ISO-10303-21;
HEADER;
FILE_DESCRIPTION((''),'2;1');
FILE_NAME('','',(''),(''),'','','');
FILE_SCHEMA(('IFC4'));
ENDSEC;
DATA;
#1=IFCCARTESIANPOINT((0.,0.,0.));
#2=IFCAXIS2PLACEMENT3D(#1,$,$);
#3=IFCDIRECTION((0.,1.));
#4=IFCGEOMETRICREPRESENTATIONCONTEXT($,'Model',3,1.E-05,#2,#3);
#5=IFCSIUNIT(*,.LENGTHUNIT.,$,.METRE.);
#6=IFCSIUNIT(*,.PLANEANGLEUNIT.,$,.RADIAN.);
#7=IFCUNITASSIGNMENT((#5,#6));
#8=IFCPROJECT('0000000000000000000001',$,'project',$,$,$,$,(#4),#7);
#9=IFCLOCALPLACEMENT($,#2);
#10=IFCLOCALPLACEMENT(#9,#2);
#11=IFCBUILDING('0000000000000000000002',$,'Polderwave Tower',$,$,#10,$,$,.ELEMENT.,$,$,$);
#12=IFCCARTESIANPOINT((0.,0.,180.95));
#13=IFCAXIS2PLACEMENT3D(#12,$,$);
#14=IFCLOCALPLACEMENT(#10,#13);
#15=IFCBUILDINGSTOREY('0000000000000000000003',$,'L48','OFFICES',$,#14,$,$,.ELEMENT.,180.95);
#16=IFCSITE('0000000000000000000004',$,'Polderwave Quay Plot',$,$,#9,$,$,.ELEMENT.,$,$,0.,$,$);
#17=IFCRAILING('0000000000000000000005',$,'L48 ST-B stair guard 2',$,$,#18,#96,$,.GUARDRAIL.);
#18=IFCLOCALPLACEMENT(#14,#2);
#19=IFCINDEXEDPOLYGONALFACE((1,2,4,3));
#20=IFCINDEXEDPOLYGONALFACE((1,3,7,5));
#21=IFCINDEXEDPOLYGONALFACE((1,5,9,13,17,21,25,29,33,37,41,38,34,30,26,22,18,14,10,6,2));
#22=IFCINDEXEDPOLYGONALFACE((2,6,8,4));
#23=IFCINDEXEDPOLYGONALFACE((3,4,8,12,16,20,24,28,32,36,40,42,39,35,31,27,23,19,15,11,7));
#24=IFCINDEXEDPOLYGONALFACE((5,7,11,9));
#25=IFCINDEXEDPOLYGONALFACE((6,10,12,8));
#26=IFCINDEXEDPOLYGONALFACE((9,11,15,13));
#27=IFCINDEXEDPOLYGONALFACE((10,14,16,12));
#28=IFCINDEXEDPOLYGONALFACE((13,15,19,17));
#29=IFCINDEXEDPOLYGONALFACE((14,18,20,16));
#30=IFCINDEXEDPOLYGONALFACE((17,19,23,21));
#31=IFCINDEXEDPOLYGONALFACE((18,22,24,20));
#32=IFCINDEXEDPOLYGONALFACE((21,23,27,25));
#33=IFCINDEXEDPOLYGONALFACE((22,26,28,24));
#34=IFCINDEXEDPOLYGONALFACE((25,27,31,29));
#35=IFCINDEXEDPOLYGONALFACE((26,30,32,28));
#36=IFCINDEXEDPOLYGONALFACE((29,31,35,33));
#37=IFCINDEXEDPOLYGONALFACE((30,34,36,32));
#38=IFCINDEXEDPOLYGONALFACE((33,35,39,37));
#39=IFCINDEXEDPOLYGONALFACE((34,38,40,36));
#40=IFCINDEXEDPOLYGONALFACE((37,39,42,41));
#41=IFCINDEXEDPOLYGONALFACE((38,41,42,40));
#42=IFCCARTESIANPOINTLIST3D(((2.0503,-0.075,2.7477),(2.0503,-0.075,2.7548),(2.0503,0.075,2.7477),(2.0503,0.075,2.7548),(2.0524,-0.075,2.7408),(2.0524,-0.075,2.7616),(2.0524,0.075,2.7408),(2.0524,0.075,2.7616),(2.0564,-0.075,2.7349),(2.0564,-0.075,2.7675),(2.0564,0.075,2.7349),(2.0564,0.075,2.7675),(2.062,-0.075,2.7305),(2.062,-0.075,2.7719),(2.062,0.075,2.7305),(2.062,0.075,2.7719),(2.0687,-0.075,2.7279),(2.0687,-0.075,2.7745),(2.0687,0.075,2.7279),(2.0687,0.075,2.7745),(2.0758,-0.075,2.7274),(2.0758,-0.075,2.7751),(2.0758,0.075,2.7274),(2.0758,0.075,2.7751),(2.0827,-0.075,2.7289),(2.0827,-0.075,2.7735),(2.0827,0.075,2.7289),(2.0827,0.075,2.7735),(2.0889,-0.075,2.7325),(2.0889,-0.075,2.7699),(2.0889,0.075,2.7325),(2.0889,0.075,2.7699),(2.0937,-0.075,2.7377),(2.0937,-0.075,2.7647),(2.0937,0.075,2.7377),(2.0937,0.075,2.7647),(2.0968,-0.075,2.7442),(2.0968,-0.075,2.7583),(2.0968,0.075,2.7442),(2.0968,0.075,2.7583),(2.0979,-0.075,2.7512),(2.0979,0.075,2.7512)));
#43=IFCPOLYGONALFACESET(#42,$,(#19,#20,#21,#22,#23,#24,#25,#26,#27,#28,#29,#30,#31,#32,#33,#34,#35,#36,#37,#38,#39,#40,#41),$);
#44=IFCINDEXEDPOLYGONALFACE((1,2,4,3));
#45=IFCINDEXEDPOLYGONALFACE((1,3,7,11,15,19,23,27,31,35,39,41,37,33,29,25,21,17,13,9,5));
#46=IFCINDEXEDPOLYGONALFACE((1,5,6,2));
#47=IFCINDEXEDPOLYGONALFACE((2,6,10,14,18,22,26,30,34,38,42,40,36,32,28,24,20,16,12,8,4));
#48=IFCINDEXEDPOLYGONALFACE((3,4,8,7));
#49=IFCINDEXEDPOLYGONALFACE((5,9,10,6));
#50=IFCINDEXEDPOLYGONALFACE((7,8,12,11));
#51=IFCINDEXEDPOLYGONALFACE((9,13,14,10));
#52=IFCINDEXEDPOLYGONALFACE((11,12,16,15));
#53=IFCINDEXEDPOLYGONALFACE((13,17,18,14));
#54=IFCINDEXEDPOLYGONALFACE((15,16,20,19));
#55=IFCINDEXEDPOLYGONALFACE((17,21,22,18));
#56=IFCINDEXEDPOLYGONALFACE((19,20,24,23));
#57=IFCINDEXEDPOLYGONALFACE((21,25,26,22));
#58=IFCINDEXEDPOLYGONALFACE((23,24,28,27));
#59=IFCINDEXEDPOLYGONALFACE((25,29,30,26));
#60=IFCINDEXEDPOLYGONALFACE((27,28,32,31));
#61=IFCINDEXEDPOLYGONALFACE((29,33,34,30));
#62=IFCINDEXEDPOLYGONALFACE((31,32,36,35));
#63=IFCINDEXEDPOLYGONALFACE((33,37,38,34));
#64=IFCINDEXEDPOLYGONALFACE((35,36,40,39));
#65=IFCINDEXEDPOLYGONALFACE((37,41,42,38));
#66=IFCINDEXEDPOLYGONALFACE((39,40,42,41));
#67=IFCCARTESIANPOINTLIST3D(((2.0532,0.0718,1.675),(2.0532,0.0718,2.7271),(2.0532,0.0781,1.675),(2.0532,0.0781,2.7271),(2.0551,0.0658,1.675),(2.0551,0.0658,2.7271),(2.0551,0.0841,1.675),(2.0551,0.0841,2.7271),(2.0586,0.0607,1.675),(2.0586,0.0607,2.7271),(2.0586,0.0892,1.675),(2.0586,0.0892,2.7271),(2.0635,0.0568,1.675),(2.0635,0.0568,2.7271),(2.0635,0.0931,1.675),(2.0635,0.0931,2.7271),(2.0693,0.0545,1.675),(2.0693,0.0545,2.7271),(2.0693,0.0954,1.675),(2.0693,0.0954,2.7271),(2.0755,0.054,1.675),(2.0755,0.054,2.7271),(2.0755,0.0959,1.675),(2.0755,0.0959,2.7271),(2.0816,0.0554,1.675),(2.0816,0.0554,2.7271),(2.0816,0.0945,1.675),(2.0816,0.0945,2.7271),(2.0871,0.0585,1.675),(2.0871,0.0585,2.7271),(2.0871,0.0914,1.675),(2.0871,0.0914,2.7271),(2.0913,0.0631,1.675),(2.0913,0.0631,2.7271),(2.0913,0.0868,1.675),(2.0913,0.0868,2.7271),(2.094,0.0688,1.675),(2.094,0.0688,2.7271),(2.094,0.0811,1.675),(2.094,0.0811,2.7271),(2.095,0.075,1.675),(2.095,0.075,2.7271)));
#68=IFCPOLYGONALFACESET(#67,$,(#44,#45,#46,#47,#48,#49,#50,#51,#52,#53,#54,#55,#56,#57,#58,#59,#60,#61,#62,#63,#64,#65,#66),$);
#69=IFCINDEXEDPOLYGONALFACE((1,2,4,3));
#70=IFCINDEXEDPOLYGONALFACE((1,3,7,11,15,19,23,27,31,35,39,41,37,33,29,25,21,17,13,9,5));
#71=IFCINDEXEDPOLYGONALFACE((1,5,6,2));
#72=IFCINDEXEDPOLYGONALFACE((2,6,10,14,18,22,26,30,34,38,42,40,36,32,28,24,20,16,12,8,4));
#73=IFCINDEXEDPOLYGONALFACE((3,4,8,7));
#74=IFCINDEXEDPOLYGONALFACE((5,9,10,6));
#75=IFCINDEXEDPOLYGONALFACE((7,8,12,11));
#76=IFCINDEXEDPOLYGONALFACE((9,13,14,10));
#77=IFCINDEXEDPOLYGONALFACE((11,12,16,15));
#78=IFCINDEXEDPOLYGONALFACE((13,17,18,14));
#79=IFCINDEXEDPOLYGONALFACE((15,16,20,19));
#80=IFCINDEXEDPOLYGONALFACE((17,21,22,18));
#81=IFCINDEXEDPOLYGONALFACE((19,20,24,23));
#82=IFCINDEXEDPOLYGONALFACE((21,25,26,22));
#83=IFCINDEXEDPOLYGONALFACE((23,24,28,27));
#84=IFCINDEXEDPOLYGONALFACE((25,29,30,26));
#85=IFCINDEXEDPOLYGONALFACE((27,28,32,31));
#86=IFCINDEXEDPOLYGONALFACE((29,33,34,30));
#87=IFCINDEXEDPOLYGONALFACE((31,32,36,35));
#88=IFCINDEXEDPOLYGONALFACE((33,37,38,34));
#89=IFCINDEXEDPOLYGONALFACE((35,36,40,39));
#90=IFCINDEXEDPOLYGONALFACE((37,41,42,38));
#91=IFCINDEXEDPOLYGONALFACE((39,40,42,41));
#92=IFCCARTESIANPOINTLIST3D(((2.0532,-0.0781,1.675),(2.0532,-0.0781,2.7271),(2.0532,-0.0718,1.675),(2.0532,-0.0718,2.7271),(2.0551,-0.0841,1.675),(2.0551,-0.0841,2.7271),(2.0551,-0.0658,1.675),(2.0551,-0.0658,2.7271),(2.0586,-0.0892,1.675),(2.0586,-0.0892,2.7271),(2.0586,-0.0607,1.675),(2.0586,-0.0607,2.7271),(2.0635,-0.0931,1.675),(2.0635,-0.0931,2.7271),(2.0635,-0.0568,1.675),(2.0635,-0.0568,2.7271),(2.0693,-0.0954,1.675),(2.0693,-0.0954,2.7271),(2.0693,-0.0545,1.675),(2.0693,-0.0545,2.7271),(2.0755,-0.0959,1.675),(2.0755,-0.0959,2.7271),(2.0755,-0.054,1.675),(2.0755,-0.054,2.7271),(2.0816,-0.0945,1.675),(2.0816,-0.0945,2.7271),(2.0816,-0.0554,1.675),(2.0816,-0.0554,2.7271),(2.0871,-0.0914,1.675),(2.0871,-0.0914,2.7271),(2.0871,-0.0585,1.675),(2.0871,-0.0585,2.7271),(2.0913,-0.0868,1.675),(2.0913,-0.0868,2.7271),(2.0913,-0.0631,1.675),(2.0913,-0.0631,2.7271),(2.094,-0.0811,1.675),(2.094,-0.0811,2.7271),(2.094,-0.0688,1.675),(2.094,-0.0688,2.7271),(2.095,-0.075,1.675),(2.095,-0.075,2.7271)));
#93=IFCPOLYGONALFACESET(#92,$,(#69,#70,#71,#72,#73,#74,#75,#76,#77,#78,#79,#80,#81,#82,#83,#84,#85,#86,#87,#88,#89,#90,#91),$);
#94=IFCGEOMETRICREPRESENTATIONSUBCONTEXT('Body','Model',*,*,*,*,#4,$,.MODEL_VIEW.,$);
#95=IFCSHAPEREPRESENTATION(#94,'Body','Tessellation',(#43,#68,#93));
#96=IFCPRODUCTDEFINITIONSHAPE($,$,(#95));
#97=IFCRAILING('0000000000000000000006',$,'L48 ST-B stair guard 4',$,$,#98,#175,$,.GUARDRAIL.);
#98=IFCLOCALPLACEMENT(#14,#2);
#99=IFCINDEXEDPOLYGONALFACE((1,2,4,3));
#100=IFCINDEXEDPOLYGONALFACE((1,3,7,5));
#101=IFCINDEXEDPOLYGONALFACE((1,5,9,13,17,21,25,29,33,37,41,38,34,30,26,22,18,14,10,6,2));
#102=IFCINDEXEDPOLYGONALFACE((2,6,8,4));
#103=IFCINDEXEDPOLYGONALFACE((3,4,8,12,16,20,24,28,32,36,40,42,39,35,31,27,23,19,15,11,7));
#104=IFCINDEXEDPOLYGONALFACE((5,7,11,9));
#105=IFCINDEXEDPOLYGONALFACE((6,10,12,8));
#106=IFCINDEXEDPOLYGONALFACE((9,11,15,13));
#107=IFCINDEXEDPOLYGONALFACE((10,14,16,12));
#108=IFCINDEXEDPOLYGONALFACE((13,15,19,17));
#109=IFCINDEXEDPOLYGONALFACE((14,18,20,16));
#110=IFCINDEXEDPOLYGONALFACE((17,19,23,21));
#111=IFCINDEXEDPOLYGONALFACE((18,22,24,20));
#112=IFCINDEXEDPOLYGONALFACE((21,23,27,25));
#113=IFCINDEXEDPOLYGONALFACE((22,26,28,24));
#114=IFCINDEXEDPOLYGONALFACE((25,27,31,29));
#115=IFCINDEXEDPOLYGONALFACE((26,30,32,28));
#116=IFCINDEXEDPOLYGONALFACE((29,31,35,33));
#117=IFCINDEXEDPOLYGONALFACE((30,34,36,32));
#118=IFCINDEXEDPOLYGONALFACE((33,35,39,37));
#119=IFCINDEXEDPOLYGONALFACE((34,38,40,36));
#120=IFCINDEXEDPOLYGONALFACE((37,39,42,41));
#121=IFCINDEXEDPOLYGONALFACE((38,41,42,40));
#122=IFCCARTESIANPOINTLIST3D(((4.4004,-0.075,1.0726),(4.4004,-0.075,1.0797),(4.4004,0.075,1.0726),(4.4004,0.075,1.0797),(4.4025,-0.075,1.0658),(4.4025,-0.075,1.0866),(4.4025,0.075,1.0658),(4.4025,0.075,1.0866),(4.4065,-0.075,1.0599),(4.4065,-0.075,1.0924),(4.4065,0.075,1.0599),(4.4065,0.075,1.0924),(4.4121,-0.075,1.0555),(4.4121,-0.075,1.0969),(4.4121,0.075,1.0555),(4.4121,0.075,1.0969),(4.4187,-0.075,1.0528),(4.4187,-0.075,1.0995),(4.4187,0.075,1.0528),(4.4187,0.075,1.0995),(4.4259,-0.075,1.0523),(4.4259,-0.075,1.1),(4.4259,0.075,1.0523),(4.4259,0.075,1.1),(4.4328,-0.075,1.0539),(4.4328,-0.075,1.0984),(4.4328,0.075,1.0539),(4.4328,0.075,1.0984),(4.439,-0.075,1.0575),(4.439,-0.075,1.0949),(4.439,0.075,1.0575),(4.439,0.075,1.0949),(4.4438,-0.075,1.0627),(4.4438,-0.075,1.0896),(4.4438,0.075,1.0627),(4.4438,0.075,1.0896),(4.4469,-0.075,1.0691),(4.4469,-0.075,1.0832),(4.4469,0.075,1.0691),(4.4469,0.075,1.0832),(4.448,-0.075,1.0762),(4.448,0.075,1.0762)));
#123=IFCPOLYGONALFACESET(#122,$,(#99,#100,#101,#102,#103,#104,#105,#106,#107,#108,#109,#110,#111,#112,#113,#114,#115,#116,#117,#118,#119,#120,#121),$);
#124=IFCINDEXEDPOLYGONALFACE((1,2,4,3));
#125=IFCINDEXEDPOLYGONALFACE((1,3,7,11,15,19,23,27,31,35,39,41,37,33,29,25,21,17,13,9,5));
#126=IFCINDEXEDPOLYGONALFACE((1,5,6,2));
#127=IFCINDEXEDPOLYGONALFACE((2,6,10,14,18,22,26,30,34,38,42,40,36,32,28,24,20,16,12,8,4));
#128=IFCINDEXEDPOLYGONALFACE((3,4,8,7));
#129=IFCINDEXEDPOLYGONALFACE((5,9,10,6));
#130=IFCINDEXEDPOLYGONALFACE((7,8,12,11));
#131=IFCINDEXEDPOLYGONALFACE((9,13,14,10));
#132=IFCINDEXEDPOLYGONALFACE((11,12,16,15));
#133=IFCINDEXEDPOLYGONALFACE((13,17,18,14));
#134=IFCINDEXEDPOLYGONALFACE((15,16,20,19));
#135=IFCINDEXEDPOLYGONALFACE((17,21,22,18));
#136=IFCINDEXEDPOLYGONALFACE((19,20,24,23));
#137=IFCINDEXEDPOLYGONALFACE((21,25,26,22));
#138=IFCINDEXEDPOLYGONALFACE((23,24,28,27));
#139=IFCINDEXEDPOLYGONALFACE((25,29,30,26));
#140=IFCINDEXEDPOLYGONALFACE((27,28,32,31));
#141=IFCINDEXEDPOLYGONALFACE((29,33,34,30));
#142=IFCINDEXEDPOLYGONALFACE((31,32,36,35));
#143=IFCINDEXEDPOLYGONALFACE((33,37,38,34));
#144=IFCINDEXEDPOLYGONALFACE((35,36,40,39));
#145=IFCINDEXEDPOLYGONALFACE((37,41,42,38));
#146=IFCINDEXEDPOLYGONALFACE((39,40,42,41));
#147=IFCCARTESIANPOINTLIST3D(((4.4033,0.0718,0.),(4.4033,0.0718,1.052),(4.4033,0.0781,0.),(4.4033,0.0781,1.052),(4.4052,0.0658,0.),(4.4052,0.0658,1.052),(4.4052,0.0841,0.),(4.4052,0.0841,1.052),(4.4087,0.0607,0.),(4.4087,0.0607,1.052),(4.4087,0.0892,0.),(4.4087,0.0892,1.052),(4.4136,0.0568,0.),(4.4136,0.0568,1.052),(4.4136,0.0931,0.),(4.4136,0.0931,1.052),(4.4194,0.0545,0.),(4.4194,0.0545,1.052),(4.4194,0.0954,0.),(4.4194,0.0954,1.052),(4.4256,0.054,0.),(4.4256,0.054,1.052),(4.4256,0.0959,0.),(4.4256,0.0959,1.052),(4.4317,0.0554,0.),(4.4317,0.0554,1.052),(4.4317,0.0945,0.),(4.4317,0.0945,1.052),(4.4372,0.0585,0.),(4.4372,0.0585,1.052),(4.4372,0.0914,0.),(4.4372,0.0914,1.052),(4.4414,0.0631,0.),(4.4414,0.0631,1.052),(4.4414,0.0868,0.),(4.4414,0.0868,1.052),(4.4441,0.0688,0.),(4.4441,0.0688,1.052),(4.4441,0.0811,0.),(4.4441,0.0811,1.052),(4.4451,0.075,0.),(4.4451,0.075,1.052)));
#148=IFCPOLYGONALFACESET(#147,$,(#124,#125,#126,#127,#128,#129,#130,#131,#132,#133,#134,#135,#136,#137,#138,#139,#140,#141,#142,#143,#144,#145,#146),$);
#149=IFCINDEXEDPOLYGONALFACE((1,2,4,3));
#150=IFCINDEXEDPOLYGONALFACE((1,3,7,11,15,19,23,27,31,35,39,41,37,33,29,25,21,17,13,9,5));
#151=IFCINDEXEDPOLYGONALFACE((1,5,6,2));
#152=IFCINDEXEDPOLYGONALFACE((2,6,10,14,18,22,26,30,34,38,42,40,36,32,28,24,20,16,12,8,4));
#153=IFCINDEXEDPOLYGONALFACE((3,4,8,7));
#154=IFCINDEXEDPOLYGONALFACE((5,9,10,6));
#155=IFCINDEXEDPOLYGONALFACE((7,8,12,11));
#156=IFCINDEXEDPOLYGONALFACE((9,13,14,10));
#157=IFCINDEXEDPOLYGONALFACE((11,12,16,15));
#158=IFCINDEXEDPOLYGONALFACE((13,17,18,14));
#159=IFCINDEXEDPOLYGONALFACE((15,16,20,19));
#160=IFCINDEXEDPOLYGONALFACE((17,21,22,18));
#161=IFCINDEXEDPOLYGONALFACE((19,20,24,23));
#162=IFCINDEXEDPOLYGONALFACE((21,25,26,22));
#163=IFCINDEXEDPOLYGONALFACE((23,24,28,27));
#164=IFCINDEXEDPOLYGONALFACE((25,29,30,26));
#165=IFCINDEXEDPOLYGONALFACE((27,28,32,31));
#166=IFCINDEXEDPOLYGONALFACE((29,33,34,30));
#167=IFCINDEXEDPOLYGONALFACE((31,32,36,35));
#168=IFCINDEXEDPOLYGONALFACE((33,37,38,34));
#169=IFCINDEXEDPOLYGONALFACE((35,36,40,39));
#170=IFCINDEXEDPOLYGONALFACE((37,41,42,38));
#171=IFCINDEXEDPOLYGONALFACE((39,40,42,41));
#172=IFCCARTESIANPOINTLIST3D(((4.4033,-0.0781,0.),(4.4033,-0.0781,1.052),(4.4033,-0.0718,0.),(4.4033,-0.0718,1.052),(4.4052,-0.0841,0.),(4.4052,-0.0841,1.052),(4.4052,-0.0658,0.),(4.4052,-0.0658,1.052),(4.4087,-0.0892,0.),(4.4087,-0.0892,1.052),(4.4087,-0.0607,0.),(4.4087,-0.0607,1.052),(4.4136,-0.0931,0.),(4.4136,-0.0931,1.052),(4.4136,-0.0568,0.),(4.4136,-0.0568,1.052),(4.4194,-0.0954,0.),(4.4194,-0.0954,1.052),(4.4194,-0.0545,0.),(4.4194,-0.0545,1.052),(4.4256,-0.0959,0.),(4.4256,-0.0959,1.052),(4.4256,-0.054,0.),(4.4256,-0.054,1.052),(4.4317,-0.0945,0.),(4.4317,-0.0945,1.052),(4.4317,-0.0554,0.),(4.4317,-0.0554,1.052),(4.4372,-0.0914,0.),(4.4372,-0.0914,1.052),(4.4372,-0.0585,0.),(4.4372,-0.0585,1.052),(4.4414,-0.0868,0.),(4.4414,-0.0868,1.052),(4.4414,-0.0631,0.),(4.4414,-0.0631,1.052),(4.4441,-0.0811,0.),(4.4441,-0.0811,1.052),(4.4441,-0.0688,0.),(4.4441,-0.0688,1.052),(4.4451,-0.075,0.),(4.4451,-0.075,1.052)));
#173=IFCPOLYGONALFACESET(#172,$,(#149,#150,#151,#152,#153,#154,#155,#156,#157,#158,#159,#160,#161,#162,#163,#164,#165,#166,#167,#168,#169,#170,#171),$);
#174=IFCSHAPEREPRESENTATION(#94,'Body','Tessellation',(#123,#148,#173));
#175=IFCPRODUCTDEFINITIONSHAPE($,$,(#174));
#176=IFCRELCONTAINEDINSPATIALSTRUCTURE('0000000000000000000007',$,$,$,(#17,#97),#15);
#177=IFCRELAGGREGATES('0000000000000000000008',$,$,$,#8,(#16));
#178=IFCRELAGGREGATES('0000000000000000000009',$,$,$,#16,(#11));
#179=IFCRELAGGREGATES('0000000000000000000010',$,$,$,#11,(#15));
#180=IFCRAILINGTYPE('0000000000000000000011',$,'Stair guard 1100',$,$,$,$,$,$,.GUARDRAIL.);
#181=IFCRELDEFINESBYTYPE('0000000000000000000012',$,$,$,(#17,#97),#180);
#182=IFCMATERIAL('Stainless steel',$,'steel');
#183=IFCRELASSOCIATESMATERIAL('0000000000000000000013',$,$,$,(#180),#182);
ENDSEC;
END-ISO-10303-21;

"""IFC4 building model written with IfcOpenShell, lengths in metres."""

from ifc_helpers import new_model, si_unit, direction, frame, origin, origin_2d, place, context, subcontext, project, spatial, circle, extrude, material, type_object, element, save


model = new_model("IFC4")

# Units and contexts
model_context = context("Model", 3, precision=1e-05, world=origin(), true_north=direction((0.0, 1.0)))
body_context = subcontext(model_context, "Body", "Model", "MODEL_VIEW")
ifc_project = project(units=[si_unit("LENGTHUNIT", "METRE"), si_unit("PLANEANGLEUNIT", "RADIAN")], contexts=[model_context])

# Site, building, storey
site_placement = place(None, origin())
site = spatial("IfcSite", under=ifc_project, at=site_placement, Name="Polderwave Quay Plot", CompositionType="ELEMENT", RefElevation=0.0)
building_placement = place(site_placement, origin())
building = spatial("IfcBuilding", under=site, at=building_placement, Name="Polderwave Tower", CompositionType="ELEMENT")
storey_placement = place(building_placement, frame((0.0, 0.0, 180.95)))
storey = spatial("IfcBuildingStorey", under=building, at=storey_placement, Name="L48", Description="OFFICES", CompositionType="ELEMENT", Elevation=180.95)

# Railings
ifc_material_1 = material(Name="Stainless steel", Category="steel")
railing_type_1 = type_object("IfcRailingType", Name="Stair guard 1100", PredefinedType="GUARDRAIL", material=ifc_material_1)
for number, where, name in (
    (1, (2.074, 0.075, 1.675), "L48 ST-B stair guard 2"),
    (2, (4.4241, 0.075, 0.0), "L48 ST-B stair guard 4"),
):
    element("IfcRailing", number, at=place(storey_placement, frame(where)), inside=storey, type_object=railing_type_1, Name=name, PredefinedType="GUARDRAIL", context=body_context, shape_type="SweptSolid", body=[
        extrude(circle(Radius=0.0239, at=origin_2d()), frame((0.0, 0.0, 1.0762), z_axis=(0.0, -1.0, 0.0), x_axis=(1.0, 0.0, 0.0)), (0.0, 0.0, 1.0), 0.1499),
        extrude(circle(Radius=0.021, at=origin_2d()), origin(), (0.0, 0.0, 1.0), 1.052),
        extrude(circle(Radius=0.021, at=origin_2d()), frame((0.0, -0.1499, 0.0)), (0.0, 0.0, 1.0), 1.052),
    ])

save(model, "model.ifc")
